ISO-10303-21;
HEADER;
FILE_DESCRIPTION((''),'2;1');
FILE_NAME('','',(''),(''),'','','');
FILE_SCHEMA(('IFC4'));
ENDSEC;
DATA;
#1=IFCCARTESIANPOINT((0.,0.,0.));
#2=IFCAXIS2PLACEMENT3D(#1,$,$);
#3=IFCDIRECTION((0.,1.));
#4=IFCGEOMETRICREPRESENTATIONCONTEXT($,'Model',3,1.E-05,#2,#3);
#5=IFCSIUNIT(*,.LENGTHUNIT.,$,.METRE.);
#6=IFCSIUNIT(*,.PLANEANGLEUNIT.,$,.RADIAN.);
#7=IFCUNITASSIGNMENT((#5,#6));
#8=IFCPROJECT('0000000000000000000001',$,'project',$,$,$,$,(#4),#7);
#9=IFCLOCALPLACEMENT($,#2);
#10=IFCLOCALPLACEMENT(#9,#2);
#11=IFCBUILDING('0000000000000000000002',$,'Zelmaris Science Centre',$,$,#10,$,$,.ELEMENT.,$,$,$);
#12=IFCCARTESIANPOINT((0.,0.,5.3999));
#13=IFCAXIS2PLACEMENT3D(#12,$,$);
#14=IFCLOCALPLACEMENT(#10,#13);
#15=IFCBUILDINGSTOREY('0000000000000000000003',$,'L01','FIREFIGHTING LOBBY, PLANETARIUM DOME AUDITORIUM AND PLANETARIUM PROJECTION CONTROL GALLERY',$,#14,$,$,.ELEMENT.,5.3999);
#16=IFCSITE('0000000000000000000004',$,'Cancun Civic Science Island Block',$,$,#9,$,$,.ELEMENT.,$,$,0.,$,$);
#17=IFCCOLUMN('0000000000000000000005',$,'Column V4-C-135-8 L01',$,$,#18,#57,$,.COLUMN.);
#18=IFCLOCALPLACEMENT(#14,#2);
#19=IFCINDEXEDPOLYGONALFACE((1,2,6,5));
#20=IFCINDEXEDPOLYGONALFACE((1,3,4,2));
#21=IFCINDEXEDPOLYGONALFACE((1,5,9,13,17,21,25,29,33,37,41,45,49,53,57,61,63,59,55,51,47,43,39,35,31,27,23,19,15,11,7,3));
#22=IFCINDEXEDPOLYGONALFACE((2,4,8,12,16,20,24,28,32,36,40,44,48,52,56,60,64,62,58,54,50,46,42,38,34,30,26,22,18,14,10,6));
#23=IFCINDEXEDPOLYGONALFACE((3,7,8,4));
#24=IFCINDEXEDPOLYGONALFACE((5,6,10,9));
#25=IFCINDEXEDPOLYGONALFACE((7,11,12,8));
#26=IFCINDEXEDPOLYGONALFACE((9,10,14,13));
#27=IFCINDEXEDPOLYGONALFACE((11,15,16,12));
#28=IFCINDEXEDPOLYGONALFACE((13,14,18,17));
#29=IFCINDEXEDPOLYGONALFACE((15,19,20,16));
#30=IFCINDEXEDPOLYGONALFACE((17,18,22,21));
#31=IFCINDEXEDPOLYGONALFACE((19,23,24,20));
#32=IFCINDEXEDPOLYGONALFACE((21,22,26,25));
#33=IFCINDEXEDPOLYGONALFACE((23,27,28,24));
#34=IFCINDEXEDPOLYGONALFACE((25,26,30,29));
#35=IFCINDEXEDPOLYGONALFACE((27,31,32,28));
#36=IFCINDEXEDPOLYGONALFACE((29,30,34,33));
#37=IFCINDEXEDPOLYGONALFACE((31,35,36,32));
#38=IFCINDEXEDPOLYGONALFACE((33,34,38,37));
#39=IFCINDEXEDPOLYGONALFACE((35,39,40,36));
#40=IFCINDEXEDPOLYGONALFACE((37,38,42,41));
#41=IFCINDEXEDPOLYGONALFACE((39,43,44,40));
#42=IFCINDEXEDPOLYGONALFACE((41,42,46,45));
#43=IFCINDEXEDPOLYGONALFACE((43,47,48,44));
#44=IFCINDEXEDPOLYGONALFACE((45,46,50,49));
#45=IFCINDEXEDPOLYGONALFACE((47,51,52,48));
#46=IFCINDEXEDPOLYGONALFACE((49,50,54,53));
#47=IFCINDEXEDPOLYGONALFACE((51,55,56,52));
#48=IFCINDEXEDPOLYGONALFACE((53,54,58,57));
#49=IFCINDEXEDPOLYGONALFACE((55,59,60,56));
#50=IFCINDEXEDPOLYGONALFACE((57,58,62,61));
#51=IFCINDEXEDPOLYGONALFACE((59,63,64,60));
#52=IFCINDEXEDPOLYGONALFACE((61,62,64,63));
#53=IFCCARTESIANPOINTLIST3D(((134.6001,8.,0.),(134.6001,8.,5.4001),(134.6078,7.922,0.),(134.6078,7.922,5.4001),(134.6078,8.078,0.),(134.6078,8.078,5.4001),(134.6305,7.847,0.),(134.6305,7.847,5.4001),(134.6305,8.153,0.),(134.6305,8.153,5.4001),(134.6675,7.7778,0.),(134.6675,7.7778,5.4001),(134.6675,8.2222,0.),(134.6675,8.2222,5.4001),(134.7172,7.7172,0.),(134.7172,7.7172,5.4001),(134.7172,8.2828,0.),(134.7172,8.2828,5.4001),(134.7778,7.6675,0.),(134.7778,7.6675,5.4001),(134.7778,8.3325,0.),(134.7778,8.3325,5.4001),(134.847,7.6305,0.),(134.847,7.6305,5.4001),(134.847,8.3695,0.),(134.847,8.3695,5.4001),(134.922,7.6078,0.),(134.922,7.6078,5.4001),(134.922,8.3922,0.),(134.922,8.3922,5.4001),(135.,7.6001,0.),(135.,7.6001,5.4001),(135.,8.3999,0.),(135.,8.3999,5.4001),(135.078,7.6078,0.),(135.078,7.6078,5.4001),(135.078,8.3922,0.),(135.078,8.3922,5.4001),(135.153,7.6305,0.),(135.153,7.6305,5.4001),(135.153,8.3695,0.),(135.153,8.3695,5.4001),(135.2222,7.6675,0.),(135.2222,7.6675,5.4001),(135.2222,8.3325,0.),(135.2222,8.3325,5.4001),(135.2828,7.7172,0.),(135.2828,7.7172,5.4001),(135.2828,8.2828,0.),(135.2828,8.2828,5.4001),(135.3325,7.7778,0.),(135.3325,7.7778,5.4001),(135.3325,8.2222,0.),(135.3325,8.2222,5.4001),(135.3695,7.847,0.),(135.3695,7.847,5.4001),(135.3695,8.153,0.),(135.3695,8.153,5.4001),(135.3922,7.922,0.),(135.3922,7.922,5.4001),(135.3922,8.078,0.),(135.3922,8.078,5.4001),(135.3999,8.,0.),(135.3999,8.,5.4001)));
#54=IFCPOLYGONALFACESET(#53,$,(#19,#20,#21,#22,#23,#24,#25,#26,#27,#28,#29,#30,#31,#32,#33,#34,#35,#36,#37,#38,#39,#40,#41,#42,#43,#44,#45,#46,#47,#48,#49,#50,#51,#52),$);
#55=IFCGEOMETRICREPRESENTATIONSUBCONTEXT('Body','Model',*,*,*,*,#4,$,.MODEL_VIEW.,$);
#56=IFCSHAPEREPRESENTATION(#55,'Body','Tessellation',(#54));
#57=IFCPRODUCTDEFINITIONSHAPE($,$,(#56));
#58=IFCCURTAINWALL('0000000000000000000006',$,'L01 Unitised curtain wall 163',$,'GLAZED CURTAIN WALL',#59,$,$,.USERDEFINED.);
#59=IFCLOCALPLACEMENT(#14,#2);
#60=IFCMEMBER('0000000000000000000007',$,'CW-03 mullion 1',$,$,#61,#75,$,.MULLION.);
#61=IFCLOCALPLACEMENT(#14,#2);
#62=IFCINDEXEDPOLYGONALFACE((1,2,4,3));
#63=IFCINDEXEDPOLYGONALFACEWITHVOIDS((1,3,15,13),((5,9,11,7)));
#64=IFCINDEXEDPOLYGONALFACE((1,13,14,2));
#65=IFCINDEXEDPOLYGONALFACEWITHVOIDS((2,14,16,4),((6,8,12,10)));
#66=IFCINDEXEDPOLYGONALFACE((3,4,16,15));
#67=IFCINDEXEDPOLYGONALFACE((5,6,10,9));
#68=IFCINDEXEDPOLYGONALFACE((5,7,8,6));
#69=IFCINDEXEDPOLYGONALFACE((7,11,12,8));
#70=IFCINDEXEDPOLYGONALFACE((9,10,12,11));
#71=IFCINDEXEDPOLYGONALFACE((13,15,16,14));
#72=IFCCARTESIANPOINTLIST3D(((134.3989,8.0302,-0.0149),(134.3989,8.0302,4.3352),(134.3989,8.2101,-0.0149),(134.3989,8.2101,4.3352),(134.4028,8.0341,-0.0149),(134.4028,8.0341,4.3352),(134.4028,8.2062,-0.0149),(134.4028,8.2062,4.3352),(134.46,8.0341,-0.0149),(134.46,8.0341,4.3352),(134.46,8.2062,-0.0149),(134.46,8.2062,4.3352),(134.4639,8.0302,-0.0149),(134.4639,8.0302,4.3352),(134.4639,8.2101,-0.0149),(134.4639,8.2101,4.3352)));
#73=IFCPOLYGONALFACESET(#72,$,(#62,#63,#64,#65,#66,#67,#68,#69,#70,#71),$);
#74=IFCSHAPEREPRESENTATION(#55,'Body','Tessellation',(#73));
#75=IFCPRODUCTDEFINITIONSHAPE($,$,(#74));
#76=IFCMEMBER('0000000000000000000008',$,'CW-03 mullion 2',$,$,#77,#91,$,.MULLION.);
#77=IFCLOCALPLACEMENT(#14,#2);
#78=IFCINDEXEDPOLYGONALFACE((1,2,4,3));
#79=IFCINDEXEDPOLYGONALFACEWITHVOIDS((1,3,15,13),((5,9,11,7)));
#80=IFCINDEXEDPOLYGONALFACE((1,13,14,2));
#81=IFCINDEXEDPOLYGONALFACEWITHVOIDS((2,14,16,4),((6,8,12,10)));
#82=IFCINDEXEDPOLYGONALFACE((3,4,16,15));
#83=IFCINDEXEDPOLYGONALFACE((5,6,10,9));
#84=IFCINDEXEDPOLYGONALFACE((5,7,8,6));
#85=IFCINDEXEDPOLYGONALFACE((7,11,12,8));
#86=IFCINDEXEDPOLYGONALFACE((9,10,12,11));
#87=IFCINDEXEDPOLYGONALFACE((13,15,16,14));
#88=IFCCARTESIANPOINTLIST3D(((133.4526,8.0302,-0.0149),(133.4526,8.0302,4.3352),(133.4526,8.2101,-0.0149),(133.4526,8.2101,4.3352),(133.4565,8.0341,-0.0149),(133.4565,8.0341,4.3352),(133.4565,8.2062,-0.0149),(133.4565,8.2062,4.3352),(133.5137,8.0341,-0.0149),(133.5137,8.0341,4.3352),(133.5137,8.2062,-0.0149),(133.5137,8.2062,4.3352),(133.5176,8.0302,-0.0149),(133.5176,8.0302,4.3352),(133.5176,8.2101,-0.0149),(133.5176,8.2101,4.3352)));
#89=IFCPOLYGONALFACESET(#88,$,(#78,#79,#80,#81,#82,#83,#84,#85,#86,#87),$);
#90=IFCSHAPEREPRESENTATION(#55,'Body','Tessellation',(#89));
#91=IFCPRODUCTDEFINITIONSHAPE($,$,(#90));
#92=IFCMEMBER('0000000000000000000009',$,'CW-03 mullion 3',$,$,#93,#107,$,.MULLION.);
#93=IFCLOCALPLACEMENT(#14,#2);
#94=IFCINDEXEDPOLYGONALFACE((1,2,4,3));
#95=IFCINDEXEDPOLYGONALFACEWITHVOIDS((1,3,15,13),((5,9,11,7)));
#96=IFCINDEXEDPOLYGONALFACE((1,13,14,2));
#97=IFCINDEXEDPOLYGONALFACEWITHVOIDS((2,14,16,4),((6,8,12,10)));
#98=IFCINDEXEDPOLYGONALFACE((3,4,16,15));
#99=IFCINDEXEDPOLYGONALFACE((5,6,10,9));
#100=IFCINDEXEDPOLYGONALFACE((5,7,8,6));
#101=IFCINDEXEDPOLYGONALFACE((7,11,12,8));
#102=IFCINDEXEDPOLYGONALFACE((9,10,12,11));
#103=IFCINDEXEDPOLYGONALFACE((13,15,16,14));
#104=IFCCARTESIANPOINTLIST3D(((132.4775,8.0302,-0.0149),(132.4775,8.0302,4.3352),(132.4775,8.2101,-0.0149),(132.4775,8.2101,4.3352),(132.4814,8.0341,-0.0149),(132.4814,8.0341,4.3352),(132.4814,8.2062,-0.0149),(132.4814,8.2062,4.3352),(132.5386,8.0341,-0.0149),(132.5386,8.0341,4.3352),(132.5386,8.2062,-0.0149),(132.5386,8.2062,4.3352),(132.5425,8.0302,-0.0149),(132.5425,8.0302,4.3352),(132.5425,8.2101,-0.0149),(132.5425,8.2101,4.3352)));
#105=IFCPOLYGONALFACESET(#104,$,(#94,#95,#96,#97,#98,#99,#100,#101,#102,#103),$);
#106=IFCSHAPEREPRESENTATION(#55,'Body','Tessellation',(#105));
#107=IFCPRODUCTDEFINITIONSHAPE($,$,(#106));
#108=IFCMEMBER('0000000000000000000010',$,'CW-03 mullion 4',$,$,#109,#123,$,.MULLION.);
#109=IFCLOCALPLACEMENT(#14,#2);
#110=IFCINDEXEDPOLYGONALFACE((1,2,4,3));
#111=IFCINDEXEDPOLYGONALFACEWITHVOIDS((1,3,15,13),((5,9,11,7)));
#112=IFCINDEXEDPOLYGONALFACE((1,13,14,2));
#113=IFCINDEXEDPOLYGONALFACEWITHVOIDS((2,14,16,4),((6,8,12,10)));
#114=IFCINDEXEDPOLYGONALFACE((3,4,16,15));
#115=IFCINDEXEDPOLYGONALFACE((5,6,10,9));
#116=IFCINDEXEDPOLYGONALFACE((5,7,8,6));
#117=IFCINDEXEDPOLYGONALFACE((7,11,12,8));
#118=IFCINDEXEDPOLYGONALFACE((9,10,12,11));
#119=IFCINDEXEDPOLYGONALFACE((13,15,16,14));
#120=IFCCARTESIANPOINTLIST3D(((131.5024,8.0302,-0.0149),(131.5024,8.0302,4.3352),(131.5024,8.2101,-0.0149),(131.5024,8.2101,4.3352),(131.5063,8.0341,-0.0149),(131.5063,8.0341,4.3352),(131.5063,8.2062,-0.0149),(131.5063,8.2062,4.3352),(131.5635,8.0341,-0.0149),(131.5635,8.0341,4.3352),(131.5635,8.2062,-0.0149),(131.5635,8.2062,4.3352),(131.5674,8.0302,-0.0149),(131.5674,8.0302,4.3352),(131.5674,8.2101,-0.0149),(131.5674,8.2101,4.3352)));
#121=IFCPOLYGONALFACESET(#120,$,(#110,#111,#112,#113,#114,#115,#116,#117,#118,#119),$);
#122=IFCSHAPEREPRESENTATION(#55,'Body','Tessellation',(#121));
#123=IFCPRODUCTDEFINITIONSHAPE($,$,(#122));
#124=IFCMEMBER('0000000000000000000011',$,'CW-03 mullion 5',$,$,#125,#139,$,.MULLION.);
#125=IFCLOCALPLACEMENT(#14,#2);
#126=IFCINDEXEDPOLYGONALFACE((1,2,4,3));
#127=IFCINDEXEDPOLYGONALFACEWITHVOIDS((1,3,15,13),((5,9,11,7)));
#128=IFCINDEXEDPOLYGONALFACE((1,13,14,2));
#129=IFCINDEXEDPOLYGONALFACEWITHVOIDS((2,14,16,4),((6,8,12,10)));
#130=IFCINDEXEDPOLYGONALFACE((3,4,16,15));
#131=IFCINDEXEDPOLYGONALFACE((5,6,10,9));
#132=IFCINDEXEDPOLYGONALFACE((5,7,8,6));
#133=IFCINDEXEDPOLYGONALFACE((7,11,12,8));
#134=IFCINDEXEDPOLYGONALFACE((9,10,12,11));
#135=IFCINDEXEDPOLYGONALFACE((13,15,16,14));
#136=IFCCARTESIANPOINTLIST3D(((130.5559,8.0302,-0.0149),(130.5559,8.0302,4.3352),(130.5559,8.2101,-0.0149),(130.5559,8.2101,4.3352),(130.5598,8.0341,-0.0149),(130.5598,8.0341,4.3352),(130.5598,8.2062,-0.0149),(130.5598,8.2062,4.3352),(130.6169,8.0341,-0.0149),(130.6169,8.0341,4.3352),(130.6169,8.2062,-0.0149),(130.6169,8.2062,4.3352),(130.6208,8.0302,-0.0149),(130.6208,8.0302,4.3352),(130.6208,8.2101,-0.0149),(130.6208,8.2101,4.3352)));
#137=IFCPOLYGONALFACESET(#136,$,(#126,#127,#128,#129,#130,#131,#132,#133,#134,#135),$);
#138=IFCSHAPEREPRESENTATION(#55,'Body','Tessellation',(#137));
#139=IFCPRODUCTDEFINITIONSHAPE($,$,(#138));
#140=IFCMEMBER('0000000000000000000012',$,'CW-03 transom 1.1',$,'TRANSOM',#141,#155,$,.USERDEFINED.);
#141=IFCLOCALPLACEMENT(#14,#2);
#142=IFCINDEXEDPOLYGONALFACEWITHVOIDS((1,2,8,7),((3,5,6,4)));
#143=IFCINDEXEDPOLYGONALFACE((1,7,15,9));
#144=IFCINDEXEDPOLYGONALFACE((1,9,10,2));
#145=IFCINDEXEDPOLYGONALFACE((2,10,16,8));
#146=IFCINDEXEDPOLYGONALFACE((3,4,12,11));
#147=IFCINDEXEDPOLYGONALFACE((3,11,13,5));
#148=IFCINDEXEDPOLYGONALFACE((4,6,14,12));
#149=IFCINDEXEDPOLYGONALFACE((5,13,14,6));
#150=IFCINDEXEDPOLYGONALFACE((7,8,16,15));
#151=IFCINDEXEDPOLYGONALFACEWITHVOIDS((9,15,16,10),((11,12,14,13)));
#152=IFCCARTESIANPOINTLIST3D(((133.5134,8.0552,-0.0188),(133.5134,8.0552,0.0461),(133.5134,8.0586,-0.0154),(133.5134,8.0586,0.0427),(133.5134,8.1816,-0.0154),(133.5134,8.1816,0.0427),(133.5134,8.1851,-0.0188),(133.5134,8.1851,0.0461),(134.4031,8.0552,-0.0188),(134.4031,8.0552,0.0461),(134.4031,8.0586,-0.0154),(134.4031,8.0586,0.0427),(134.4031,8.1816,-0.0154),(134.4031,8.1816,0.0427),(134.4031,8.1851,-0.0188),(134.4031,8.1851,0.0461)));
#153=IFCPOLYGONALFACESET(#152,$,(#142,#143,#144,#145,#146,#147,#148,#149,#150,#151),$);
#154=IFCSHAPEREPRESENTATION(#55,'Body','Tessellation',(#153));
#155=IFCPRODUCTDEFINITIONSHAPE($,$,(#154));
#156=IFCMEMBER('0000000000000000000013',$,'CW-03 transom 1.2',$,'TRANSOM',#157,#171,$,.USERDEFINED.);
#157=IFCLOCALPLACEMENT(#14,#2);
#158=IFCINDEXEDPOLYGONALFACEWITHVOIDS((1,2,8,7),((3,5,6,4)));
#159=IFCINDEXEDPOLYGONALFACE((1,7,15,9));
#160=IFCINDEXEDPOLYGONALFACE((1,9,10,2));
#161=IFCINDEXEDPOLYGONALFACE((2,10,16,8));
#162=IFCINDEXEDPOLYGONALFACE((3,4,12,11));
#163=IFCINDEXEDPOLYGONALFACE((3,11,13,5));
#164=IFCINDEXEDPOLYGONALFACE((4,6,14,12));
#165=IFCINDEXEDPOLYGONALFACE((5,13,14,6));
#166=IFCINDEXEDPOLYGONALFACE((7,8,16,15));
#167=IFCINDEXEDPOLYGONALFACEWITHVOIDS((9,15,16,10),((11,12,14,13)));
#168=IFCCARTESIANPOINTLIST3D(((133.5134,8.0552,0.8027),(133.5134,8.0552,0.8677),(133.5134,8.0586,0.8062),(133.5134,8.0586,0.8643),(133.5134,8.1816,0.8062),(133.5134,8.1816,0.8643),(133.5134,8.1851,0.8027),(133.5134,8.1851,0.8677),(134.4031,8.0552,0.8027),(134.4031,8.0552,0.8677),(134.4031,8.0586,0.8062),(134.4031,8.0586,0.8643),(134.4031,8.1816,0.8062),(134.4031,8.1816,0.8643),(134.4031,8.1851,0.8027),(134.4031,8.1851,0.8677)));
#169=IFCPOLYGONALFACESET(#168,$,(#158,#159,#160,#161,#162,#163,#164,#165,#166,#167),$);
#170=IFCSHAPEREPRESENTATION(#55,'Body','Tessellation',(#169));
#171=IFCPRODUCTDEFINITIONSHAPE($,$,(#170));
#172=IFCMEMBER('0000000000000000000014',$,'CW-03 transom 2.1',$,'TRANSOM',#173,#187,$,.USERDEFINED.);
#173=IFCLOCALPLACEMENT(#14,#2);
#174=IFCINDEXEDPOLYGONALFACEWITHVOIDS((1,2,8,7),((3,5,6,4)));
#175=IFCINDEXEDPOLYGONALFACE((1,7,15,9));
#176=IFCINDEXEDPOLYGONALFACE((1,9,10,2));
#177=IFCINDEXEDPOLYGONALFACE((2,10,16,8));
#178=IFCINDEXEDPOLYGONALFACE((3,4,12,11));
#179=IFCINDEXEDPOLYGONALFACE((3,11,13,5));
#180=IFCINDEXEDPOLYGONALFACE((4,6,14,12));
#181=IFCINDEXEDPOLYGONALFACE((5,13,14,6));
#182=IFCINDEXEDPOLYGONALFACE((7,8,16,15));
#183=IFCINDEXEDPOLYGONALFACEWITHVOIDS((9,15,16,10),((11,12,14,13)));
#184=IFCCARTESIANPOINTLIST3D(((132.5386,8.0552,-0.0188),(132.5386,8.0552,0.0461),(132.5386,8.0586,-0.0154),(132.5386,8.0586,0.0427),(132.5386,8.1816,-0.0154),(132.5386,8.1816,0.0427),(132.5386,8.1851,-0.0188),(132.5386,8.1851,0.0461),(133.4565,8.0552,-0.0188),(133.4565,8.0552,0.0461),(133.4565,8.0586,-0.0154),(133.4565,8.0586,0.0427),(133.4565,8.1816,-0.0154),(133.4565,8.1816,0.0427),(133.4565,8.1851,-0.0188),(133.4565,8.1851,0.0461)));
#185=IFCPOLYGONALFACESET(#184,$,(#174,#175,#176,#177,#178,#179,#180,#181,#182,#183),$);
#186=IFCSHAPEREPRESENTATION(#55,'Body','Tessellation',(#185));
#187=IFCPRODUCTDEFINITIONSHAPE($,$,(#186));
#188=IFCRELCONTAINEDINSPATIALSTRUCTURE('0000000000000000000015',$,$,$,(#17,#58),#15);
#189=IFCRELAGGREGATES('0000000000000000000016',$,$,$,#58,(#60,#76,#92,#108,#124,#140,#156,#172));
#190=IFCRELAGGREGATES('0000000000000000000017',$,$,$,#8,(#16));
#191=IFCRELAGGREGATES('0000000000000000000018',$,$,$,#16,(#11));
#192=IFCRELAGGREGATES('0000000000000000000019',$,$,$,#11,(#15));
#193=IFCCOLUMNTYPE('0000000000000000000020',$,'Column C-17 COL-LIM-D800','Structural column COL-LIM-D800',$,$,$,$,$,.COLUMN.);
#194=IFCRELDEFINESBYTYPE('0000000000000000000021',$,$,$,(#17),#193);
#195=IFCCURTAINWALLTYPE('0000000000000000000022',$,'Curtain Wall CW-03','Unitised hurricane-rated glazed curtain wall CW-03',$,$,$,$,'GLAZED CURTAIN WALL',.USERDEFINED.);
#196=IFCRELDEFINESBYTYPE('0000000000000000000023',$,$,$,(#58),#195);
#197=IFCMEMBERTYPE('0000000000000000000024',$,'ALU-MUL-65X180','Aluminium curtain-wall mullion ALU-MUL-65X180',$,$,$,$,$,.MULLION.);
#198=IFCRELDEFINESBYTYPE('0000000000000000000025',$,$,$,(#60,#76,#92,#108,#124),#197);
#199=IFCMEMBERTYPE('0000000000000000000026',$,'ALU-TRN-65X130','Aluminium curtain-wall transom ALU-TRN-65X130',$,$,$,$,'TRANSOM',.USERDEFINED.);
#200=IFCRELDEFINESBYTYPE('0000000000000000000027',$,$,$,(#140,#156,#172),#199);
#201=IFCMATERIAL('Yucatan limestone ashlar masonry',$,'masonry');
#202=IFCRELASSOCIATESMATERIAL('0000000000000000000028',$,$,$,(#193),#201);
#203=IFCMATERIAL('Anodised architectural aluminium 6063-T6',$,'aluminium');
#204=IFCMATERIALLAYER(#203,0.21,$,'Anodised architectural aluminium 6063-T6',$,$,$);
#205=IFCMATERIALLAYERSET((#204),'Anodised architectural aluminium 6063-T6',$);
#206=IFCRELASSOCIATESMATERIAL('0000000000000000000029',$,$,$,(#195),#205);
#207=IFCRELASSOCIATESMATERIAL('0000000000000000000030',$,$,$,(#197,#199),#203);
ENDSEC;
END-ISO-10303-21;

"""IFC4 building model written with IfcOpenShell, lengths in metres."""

from ifc_helpers import new_model, si_unit, direction, frame, origin, origin_2d, place, context, subcontext, project, spatial, hollow_rectangle, circle, extrude, material, layer, layer_set, material_profile, profile_set, type_object, element, aggregate, save


model = new_model("IFC4")

# Units and contexts
model_context = context("Model", 3, precision=1e-05, world=origin(), true_north=direction((0.0, 1.0)))
body_context = subcontext(model_context, "Body", "Model", "MODEL_VIEW")
ifc_project = project(units=[si_unit("LENGTHUNIT", "METRE"), si_unit("PLANEANGLEUNIT", "RADIAN")], contexts=[model_context])

# Site, building, storey
site_placement = place(None, origin())
site = spatial("IfcSite", under=ifc_project, at=site_placement, Name="Cancun Civic Science Island Block", CompositionType="ELEMENT", RefElevation=0.0)
building_placement = place(site_placement, origin())
building = spatial("IfcBuilding", under=site, at=building_placement, Name="Zelmaris Science Centre", CompositionType="ELEMENT")
storey_placement = place(building_placement, frame((0.0, 0.0, 5.3999)))
storey = spatial("IfcBuildingStorey", under=building, at=storey_placement, Name="L01", Description="FIREFIGHTING LOBBY, PLANETARIUM DOME AUDITORIUM AND PLANETARIUM PROJECTION CONTROL GALLERY", CompositionType="ELEMENT", Elevation=5.3999)

# Column
ifc_material_1 = material(Name="Yucatan limestone ashlar masonry", Category="masonry")
ifc_material_profile_1 = material_profile(ifc_material_1, circle(Radius=0.3999, at=origin_2d()), Name="COL-LIM-D800")
ifc_profile_set_1 = profile_set([ifc_material_profile_1], Name="Yucatan limestone ashlar masonry")
column_type = type_object("IfcColumnType", Name="Column C-17 COL-LIM-D800", Description="Structural column COL-LIM-D800", PredefinedType="COLUMN", material=ifc_profile_set_1)
column_placement = place(storey_placement, frame((135.0, 8.0, 0.0), z_axis=(0.0, 0.0, 1.0), x_axis=(1.0, 0.0, 0.0)))
element("IfcColumn", 1, at=column_placement, inside=storey, type_object=column_type, Name="Column V4-C-135-8 L01", PredefinedType="COLUMN", context=body_context, shape_type="SweptSolid", body=[
    extrude(circle(Radius=0.3999, at=origin_2d()), origin(), (0.0, 0.0, 1.0), 5.4001),
])

# Curtain wall, members
ifc_material_2 = material(Name="Anodised architectural aluminium 6063-T6", Category="aluminium")
ifc_layer_1 = layer(ifc_material_2, 0.21, Name="Anodised architectural aluminium 6063-T6")
ifc_layer_set_1 = layer_set([ifc_layer_1], Name="Anodised architectural aluminium 6063-T6")
curtain_wall_type = type_object("IfcCurtainWallType", Name="Curtain Wall CW-03", Description="Unitised hurricane-rated glazed curtain wall CW-03", ElementType="GLAZED CURTAIN WALL", PredefinedType="USERDEFINED", material=ifc_layer_set_1)
curtain_wall_placement = place(storey_placement, origin())
curtain_wall = element("IfcCurtainWall", 2, at=curtain_wall_placement, inside=storey, type_object=curtain_wall_type, Name="L01 Unitised curtain wall 163", ObjectType="GLAZED CURTAIN WALL", PredefinedType="USERDEFINED")
ifc_material_profile_2 = material_profile(ifc_material_2, hollow_rectangle(XDim=0.0649, YDim=0.1799, WallThickness=0.0039, at=origin_2d()), Name="ALU-MUL-65X180")
ifc_profile_set_2 = profile_set([ifc_material_profile_2], Name="Anodised architectural aluminium 6063-T6")
member_type_1 = type_object("IfcMemberType", Name="ALU-MUL-65X180", Description="Aluminium curtain-wall mullion ALU-MUL-65X180", PredefinedType="MULLION", material=ifc_profile_set_2)
member_1_placement = place(storey_placement, frame((134.4314, 8.1201, -0.0149), z_axis=(0.0, 0.0, 1.0), x_axis=(-1.0, 0.0, 0.0)))
member_1 = element("IfcMember", 3, at=member_1_placement, type_object=member_type_1, Name="CW-03 mullion 1", PredefinedType="MULLION", context=body_context, shape_type="SweptSolid", body=[
    extrude(hollow_rectangle(XDim=0.0649, YDim=0.1799, WallThickness=0.0039, at=origin_2d()), origin(), (0.0, 0.0, 1.0), 4.3501),
])
member_2_placement = place(storey_placement, frame((133.4851, 8.1201, -0.0149), z_axis=(0.0, 0.0, 1.0), x_axis=(-1.0, 0.0, 0.0)))
member_2 = element("IfcMember", 4, at=member_2_placement, type_object=member_type_1, Name="CW-03 mullion 2", PredefinedType="MULLION", context=body_context, shape_type="SweptSolid", body=[
    extrude(hollow_rectangle(XDim=0.0649, YDim=0.1799, WallThickness=0.0039, at=origin_2d()), origin(), (0.0, 0.0, 1.0), 4.3501),
])
member_3_placement = place(storey_placement, frame((132.51, 8.1201, -0.0149), z_axis=(0.0, 0.0, 1.0), x_axis=(-1.0, 0.0, 0.0)))
member_3 = element("IfcMember", 5, at=member_3_placement, type_object=member_type_1, Name="CW-03 mullion 3", PredefinedType="MULLION", context=body_context, shape_type="SweptSolid", body=[
    extrude(hollow_rectangle(XDim=0.0649, YDim=0.1799, WallThickness=0.0039, at=origin_2d()), origin(), (0.0, 0.0, 1.0), 4.3501),
])
member_4_placement = place(storey_placement, frame((131.5349, 8.1201, -0.0149), z_axis=(0.0, 0.0, 1.0), x_axis=(-1.0, 0.0, 0.0)))
member_4 = element("IfcMember", 6, at=member_4_placement, type_object=member_type_1, Name="CW-03 mullion 4", PredefinedType="MULLION", context=body_context, shape_type="SweptSolid", body=[
    extrude(hollow_rectangle(XDim=0.0649, YDim=0.1799, WallThickness=0.0039, at=origin_2d()), origin(), (0.0, 0.0, 1.0), 4.3501),
])
member_5_placement = place(storey_placement, frame((130.5884, 8.1201, -0.0149), z_axis=(0.0, 0.0, 1.0), x_axis=(-1.0, 0.0, 0.0)))
member_5 = element("IfcMember", 7, at=member_5_placement, type_object=member_type_1, Name="CW-03 mullion 5", PredefinedType="MULLION", context=body_context, shape_type="SweptSolid", body=[
    extrude(hollow_rectangle(XDim=0.0649, YDim=0.1799, WallThickness=0.0039, at=origin_2d()), origin(), (0.0, 0.0, 1.0), 4.3501),
])
ifc_material_profile_3 = material_profile(ifc_material_2, hollow_rectangle(XDim=0.0649, YDim=0.1299, WallThickness=0.0034, at=origin_2d()), Name="ALU-TRN-65X130")
ifc_profile_set_3 = profile_set([ifc_material_profile_3], Name="Anodised architectural aluminium 6063-T6")
member_type_2 = type_object("IfcMemberType", Name="ALU-TRN-65X130", Description="Aluminium curtain-wall transom ALU-TRN-65X130", ElementType="TRANSOM", PredefinedType="USERDEFINED", material=ifc_profile_set_3)
member_6_placement = place(storey_placement, frame((134.4031, 8.1201, 0.0137), z_axis=(-1.0, 0.0, 0.0), x_axis=(0.0, 0.0, 1.0)))
member_6 = element("IfcMember", 8, at=member_6_placement, type_object=member_type_2, Name="CW-03 transom 1.1", ObjectType="TRANSOM", PredefinedType="USERDEFINED", context=body_context, shape_type="SweptSolid", body=[
    extrude(hollow_rectangle(XDim=0.0649, YDim=0.1299, WallThickness=0.0034, at=origin_2d()), origin(), (0.0, 0.0, 1.0), 0.8896),
])
member_7_placement = place(storey_placement, frame((134.4031, 8.1201, 0.8352), z_axis=(-1.0, 0.0, 0.0), x_axis=(0.0, 0.0, 1.0)))
member_7 = element("IfcMember", 9, at=member_7_placement, type_object=member_type_2, Name="CW-03 transom 1.2", ObjectType="TRANSOM", PredefinedType="USERDEFINED", context=body_context, shape_type="SweptSolid", body=[
    extrude(hollow_rectangle(XDim=0.0649, YDim=0.1299, WallThickness=0.0034, at=origin_2d()), origin(), (0.0, 0.0, 1.0), 0.8896),
])
member_8_placement = place(storey_placement, frame((133.4565, 8.1201, 0.0137), z_axis=(-1.0, 0.0, 0.0), x_axis=(0.0, 0.0, 1.0)))
member_8 = element("IfcMember", 10, at=member_8_placement, type_object=member_type_2, Name="CW-03 transom 2.1", ObjectType="TRANSOM", PredefinedType="USERDEFINED", context=body_context, shape_type="SweptSolid", body=[
    extrude(hollow_rectangle(XDim=0.0649, YDim=0.1299, WallThickness=0.0034, at=origin_2d()), origin(), (0.0, 0.0, 1.0), 0.918),
])

aggregate(curtain_wall, [member_1, member_2, member_3, member_4, member_5, member_6, member_7, member_8])

save(model, "model.ifc")
